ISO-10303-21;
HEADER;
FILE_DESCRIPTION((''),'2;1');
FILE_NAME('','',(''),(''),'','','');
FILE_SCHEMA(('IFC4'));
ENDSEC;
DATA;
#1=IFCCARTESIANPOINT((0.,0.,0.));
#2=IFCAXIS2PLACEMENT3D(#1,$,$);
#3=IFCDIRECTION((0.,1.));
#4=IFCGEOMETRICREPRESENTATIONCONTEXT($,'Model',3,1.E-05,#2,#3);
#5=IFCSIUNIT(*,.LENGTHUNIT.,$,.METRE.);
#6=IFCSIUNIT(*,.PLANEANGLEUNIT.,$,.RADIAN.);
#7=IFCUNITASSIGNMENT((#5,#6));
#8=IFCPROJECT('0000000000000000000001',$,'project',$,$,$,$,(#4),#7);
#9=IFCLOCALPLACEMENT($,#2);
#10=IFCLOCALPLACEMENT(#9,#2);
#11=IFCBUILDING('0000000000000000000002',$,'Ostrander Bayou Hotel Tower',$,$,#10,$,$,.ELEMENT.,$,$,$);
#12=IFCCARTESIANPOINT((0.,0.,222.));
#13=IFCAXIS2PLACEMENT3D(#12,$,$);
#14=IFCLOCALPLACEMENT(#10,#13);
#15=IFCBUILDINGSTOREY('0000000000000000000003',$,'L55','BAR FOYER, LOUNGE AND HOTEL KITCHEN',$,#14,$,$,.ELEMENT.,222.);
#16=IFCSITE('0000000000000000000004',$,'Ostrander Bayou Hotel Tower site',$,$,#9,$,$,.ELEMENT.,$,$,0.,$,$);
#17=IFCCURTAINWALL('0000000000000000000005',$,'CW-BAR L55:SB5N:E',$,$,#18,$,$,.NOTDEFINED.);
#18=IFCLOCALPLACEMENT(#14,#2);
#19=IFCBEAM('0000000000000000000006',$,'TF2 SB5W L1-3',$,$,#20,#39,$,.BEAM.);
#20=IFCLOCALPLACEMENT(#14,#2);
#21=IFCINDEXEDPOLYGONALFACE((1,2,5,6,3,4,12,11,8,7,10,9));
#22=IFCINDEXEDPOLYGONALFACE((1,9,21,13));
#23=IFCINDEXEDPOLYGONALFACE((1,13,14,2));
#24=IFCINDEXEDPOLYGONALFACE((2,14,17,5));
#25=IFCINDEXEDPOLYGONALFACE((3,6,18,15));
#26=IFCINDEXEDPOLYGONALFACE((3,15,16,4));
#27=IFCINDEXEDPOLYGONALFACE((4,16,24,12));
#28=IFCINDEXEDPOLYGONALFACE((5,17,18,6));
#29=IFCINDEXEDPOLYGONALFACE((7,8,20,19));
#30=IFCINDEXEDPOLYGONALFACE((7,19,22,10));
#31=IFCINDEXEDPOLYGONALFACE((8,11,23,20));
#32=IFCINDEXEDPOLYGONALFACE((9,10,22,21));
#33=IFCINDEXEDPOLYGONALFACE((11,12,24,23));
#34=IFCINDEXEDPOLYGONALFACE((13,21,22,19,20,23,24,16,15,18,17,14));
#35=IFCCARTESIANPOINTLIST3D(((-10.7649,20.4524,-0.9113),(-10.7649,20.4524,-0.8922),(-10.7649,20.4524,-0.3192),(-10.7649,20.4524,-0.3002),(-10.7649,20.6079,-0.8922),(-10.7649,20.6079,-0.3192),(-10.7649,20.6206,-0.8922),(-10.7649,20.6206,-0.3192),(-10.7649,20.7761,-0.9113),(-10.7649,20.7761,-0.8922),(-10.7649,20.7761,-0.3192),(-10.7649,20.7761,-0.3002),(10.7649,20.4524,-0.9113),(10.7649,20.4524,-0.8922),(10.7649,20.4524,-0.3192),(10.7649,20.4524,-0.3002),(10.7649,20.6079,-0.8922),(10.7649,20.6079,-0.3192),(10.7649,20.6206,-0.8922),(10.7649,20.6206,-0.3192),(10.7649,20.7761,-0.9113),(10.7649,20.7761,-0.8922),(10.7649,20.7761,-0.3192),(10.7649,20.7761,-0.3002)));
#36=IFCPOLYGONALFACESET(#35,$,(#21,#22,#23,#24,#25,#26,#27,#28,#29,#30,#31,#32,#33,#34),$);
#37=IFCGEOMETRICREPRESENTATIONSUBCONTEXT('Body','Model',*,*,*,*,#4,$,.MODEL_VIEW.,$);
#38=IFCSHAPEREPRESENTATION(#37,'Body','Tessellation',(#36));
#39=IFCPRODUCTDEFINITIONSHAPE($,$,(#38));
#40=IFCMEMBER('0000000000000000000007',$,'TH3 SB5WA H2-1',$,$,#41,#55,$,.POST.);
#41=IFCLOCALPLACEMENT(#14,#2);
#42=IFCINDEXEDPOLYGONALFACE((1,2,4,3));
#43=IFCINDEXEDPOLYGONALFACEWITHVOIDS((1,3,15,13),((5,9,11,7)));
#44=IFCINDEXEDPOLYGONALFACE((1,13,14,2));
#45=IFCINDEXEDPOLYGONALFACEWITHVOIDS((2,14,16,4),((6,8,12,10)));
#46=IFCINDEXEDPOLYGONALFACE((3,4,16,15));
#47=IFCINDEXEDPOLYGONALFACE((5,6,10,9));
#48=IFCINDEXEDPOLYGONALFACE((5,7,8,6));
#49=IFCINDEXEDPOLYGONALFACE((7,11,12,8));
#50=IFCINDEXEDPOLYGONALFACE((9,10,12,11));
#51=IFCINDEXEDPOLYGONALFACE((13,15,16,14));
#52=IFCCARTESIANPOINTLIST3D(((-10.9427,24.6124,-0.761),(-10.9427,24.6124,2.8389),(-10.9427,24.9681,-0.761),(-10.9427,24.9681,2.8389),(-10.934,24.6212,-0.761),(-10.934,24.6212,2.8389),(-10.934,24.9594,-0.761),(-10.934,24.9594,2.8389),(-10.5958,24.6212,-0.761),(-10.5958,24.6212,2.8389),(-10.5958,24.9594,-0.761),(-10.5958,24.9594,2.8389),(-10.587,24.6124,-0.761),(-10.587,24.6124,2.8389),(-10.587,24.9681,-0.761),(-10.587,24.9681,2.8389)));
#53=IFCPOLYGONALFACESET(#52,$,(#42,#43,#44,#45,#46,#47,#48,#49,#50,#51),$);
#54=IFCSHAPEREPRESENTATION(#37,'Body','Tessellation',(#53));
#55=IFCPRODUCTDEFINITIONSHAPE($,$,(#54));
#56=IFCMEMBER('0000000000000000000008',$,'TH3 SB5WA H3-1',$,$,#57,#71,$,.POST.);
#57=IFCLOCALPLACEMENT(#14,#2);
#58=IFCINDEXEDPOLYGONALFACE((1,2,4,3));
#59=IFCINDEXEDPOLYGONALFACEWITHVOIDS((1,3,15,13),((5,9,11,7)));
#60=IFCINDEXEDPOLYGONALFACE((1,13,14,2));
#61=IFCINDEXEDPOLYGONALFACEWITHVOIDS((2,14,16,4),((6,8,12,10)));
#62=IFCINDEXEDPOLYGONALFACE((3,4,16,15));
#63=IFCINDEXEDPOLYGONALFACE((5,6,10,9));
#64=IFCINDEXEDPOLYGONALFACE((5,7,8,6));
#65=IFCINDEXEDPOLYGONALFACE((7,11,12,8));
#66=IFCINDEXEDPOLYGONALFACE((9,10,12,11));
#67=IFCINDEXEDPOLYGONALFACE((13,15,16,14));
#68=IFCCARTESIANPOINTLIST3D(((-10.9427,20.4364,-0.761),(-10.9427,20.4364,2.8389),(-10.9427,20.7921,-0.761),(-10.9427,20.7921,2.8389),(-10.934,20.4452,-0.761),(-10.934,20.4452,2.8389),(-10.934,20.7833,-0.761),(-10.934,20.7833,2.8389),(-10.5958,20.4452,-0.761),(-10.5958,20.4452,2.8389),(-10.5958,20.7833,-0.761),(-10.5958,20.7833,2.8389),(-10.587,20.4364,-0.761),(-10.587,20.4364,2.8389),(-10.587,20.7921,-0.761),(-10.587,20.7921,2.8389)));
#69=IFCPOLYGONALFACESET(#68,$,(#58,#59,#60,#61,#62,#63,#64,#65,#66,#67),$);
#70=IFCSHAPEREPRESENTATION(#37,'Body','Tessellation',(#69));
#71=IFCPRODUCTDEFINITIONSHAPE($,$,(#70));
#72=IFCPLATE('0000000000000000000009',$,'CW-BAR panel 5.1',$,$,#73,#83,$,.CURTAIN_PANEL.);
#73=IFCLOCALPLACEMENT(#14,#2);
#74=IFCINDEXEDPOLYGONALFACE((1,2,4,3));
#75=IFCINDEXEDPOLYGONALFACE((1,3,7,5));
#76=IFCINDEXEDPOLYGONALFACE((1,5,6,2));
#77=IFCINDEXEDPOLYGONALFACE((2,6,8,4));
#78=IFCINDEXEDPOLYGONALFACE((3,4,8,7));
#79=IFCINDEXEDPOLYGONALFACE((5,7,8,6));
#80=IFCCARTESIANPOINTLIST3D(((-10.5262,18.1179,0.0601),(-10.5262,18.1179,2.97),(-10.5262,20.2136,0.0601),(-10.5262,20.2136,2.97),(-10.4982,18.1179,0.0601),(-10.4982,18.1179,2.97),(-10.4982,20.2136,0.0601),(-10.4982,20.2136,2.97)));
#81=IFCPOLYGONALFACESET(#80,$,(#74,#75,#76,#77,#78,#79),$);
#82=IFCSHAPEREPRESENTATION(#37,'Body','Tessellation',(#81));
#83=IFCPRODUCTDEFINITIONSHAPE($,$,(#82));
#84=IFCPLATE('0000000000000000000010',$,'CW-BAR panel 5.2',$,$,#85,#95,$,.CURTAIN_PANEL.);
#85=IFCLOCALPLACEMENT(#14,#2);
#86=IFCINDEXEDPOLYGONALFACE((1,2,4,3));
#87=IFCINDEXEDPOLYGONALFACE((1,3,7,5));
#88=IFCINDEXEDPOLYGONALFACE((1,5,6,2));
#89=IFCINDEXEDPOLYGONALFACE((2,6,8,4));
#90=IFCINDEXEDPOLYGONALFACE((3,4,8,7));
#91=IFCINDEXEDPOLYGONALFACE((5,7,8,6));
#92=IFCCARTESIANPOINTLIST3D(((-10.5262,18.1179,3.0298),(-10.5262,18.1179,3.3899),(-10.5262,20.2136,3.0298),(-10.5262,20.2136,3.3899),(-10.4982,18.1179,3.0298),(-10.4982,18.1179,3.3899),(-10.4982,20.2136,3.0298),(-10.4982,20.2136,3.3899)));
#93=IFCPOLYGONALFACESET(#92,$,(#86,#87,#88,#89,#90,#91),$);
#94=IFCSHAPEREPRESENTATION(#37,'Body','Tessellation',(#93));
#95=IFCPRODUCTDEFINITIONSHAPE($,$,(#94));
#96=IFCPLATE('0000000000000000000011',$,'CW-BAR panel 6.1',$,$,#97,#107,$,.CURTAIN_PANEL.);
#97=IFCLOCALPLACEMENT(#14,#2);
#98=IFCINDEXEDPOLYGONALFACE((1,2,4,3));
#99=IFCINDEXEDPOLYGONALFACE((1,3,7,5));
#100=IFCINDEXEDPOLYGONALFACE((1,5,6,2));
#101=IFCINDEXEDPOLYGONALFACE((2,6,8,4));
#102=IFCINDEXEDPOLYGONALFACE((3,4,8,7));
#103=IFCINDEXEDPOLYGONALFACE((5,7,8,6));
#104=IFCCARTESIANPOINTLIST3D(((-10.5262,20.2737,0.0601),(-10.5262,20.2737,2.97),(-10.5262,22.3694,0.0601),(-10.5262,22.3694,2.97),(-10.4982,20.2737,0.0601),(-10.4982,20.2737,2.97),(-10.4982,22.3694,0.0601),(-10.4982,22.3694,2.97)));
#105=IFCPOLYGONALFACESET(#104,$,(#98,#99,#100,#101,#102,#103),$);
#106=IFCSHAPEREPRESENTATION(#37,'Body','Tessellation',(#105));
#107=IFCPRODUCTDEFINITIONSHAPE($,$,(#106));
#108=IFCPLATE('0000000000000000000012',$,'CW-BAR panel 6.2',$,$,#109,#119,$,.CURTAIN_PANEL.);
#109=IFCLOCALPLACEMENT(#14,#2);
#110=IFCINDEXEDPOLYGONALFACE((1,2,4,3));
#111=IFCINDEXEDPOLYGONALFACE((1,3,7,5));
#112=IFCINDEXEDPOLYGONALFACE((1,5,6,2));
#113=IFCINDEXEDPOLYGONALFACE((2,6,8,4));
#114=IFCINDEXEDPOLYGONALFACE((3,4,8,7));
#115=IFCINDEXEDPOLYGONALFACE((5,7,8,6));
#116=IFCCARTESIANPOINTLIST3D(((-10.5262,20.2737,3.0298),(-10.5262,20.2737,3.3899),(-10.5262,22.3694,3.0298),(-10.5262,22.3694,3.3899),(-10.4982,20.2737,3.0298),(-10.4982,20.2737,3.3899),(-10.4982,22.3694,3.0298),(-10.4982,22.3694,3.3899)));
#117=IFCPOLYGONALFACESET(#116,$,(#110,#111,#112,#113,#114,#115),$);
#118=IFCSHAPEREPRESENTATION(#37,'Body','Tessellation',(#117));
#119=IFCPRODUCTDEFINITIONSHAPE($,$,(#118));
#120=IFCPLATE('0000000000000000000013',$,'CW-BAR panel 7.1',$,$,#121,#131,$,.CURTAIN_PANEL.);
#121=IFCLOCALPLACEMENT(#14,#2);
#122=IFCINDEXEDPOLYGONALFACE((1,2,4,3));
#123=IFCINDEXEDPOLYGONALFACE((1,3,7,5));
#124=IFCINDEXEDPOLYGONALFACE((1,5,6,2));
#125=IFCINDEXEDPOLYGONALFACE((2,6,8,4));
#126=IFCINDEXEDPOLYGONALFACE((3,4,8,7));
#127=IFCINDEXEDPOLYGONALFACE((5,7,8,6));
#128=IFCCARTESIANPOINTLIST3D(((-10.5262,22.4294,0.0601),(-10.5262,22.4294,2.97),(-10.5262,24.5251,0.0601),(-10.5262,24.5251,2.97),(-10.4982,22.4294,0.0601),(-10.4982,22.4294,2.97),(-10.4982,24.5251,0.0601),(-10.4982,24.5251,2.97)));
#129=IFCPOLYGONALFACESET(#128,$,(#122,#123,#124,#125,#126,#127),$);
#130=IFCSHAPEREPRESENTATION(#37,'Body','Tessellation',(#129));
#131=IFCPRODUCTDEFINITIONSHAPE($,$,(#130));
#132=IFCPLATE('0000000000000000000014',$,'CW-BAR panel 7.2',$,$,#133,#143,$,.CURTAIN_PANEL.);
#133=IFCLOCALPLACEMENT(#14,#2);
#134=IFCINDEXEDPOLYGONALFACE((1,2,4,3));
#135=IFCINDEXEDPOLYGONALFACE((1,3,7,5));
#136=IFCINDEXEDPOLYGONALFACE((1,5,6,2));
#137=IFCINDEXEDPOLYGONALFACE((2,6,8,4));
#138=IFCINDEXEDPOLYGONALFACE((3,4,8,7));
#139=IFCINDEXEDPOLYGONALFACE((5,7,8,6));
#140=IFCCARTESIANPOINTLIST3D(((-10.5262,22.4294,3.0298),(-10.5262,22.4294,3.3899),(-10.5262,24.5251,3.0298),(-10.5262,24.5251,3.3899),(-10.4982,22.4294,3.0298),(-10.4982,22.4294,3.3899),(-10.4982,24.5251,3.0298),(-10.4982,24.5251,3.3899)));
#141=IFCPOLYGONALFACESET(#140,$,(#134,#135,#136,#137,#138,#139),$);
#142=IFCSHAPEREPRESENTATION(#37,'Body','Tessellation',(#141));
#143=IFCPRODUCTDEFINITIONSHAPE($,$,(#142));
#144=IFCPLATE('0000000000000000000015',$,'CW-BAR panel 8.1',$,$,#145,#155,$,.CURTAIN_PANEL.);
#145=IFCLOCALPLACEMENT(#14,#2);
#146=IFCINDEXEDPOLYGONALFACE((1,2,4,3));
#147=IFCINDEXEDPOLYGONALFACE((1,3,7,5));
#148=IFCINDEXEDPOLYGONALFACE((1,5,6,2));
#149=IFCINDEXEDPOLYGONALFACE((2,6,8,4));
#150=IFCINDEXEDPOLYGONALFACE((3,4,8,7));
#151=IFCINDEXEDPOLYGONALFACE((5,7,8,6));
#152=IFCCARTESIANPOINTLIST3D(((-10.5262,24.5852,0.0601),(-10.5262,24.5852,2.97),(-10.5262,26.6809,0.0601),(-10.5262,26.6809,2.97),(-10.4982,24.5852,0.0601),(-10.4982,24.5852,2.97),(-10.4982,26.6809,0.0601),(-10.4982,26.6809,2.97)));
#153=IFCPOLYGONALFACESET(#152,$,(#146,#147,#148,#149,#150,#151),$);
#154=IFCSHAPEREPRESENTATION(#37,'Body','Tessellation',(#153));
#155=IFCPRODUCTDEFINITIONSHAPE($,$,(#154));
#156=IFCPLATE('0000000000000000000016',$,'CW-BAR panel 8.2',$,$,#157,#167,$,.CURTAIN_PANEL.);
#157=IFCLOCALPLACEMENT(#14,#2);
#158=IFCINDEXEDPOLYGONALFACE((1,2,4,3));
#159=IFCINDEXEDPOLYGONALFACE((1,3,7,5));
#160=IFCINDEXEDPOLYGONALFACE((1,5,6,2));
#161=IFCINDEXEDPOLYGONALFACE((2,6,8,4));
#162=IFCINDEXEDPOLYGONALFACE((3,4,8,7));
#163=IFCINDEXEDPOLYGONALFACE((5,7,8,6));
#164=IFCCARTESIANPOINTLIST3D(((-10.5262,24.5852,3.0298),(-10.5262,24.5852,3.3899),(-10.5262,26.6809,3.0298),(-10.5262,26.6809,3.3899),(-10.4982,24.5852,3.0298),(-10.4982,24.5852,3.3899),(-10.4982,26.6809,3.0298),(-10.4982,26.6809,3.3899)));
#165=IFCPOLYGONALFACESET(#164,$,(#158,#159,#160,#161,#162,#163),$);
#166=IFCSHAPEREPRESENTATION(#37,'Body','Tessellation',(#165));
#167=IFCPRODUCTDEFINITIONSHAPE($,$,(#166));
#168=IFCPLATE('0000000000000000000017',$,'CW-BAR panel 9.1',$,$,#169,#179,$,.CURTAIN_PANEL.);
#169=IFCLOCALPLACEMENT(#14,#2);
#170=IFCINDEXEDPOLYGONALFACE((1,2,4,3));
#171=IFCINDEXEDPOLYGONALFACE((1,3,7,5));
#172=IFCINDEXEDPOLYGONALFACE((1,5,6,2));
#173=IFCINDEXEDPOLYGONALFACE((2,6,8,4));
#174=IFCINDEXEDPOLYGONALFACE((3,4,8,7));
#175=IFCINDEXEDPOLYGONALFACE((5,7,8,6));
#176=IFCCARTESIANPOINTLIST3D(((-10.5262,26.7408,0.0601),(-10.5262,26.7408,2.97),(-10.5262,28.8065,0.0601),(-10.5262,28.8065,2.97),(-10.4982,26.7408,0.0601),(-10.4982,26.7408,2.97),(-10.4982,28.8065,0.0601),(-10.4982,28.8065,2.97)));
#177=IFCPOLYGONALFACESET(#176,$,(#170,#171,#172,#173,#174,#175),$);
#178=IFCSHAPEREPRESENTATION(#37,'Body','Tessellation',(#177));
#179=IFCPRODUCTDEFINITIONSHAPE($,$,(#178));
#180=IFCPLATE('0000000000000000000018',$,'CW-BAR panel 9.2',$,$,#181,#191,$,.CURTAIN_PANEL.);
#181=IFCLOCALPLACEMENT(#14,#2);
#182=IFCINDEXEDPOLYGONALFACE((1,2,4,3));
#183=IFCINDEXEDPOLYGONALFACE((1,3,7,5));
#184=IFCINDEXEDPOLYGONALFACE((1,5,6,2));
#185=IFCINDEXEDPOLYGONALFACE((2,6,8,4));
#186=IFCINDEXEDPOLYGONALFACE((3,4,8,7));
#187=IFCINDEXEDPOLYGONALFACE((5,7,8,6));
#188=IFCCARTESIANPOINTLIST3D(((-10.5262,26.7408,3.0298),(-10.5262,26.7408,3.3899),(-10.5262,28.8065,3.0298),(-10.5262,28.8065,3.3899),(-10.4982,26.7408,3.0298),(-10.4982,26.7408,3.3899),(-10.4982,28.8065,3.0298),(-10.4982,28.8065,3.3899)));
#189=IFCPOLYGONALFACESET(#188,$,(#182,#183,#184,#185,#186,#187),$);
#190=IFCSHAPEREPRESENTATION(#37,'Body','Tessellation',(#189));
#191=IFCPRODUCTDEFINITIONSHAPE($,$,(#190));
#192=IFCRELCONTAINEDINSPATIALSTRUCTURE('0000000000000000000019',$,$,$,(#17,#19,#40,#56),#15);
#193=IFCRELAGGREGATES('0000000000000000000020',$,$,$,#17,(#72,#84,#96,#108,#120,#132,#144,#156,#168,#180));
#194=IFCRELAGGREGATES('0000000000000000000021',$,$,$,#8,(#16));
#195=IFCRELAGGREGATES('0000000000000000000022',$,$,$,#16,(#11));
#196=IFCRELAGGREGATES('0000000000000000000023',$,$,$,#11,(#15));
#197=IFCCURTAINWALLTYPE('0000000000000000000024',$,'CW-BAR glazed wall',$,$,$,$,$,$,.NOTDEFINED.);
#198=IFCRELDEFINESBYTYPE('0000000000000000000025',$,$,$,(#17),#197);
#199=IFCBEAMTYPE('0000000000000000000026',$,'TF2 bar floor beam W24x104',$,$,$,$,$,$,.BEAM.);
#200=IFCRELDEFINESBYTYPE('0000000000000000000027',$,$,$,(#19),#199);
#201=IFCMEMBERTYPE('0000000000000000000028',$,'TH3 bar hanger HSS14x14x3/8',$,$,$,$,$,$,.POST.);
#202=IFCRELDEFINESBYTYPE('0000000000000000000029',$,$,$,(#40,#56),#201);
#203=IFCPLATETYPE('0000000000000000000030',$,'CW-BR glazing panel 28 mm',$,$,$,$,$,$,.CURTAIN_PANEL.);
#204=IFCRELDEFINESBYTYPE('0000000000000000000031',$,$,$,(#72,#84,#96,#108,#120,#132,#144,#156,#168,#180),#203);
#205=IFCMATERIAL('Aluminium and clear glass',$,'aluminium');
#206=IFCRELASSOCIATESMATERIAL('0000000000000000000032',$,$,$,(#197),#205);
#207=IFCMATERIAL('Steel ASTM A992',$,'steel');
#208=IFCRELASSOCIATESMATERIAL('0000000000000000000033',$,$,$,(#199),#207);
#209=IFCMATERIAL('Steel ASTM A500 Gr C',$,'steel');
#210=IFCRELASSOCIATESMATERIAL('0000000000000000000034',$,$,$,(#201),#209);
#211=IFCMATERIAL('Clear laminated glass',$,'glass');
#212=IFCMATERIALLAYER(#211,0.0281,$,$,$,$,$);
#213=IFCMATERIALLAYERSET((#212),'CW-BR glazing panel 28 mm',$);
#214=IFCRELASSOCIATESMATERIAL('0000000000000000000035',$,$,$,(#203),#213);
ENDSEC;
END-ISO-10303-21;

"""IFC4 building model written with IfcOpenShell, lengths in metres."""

from ifc_helpers import new_model, si_unit, direction, frame, origin, origin_2d, place, context, subcontext, project, spatial, rectangle, hollow_rectangle, i_section, extrude, material, layer, layer_set, material_profile, profile_set, type_object, element, aggregate, save


model = new_model("IFC4")

# Units and contexts
model_context = context("Model", 3, precision=1e-05, world=origin(), true_north=direction((0.0, 1.0)))
body_context = subcontext(model_context, "Body", "Model", "MODEL_VIEW")
ifc_project = project(units=[si_unit("LENGTHUNIT", "METRE"), si_unit("PLANEANGLEUNIT", "RADIAN")], contexts=[model_context])

# Site, building, storey
site_placement = place(None, origin())
site = spatial("IfcSite", under=ifc_project, at=site_placement, Name="Ostrander Bayou Hotel Tower site", CompositionType="ELEMENT", RefElevation=0.0)
building_placement = place(site_placement, origin())
building = spatial("IfcBuilding", under=site, at=building_placement, Name="Ostrander Bayou Hotel Tower", CompositionType="ELEMENT")
storey_placement = place(building_placement, frame((0.0, 0.0, 222.0)))
storey = spatial("IfcBuildingStorey", under=building, at=storey_placement, Name="L55", Description="BAR FOYER, LOUNGE AND HOTEL KITCHEN", CompositionType="ELEMENT", Elevation=222.0)

# Curtain wall
ifc_material_1 = material(Name="Aluminium and clear glass", Category="aluminium")
curtain_wall_type = type_object("IfcCurtainWallType", Name="CW-BAR glazed wall", PredefinedType="NOTDEFINED", material=ifc_material_1)
curtain_wall_placement = place(storey_placement, origin())
curtain_wall = element("IfcCurtainWall", 1, at=curtain_wall_placement, inside=storey, type_object=curtain_wall_type, Name="CW-BAR L55:SB5N:E", PredefinedType="NOTDEFINED")

# Beam
ifc_material_2 = material(Name="Steel ASTM A992", Category="steel")
ifc_material_profile_1 = material_profile(ifc_material_2, i_section(OverallWidth=0.3237, OverallDepth=0.6111, WebThickness=0.0127, FlangeThickness=0.019, at=origin_2d()))
ifc_profile_set_1 = profile_set([ifc_material_profile_1], Name="Steel ASTM A992")
beam_type = type_object("IfcBeamType", Name="TF2 bar floor beam W24x104", PredefinedType="BEAM", material=ifc_profile_set_1)
for number, where, z_axis, x_axis, name in (
    (2, (-10.7649, 20.6143, -0.6057), (1.0, 0.0, 0.0), (0.0, 1.0, 0.0), "TF2 SB5W L1-3"),
):
    element("IfcBeam", number, at=place(storey_placement, frame(where, z_axis=z_axis, x_axis=x_axis)), inside=storey, type_object=beam_type, Name=name, PredefinedType="BEAM", context=body_context, shape_type="SweptSolid", body=[
        extrude(i_section(OverallWidth=0.3237, OverallDepth=0.6111, WebThickness=0.0127, FlangeThickness=0.019, at=origin_2d()), origin(), (0.0, 0.0, 1.0), 21.5298),
    ])

# Members
ifc_material_3 = material(Name="Steel ASTM A500 Gr C", Category="steel")
ifc_material_profile_2 = material_profile(ifc_material_3, hollow_rectangle(XDim=0.3557, YDim=0.3557, WallThickness=0.0088, at=origin_2d()))
ifc_profile_set_2 = profile_set([ifc_material_profile_2], Name="Steel ASTM A500 Gr C")
member_type_1 = type_object("IfcMemberType", Name="TH3 bar hanger HSS14x14x3/8", PredefinedType="POST", material=ifc_profile_set_2)
for number, where, z_axis, x_axis, name in (
    (3, (-10.7649, 24.7903, -0.761), (0.0, 0.0, 1.0), (1.0, 0.0, 0.0), "TH3 SB5WA H2-1"),
    (4, (-10.7649, 20.6143, -0.761), (0.0, 0.0, 1.0), (1.0, 0.0, 0.0), "TH3 SB5WA H3-1"),
):
    element("IfcMember", number, at=place(storey_placement, frame(where, z_axis=z_axis, x_axis=x_axis)), inside=storey, type_object=member_type_1, Name=name, PredefinedType="POST", context=body_context, shape_type="SweptSolid", body=[
        extrude(hollow_rectangle(XDim=0.3557, YDim=0.3557, WallThickness=0.0088, at=origin_2d()), origin(), (0.0, 0.0, 1.0), 3.5999),
    ])

# Plates
ifc_material_4 = material(Name="Clear laminated glass", Category="glass")
ifc_layer_1 = layer(ifc_material_4, 0.0281)
ifc_layer_set_1 = layer_set([ifc_layer_1], Name="CW-BR glazing panel 28 mm")
plate_type = type_object("IfcPlateType", Name="CW-BR glazing panel 28 mm", PredefinedType="CURTAIN_PANEL", material=ifc_layer_set_1)
plate_1_placement = place(storey_placement, frame((-10.5122, 19.1658, 0.0601), z_axis=(0.0, 0.0, 1.0), x_axis=(0.0, 1.0, 0.0)))
plate_1 = element("IfcPlate", 5, at=plate_1_placement, type_object=plate_type, Name="CW-BAR panel 5.1", PredefinedType="CURTAIN_PANEL", context=body_context, shape_type="SweptSolid", body=[
    extrude(rectangle(XDim=2.0957, YDim=0.0281, at=origin_2d()), origin(), (0.0, 0.0, 1.0), 2.9099),
])
plate_2_placement = place(storey_placement, frame((-10.5122, 19.1658, 3.0298), z_axis=(0.0, 0.0, 1.0), x_axis=(0.0, 1.0, 0.0)))
plate_2 = element("IfcPlate", 6, at=plate_2_placement, type_object=plate_type, Name="CW-BAR panel 5.2", PredefinedType="CURTAIN_PANEL", context=body_context, shape_type="SweptSolid", body=[
    extrude(rectangle(XDim=2.0957, YDim=0.0281, at=origin_2d()), origin(), (0.0, 0.0, 1.0), 0.3601),
])
plate_3_placement = place(storey_placement, frame((-10.5122, 21.3215, 0.0601), z_axis=(0.0, 0.0, 1.0), x_axis=(0.0, 1.0, 0.0)))
plate_3 = element("IfcPlate", 7, at=plate_3_placement, type_object=plate_type, Name="CW-BAR panel 6.1", PredefinedType="CURTAIN_PANEL", context=body_context, shape_type="SweptSolid", body=[
    extrude(rectangle(XDim=2.0957, YDim=0.0281, at=origin_2d()), origin(), (0.0, 0.0, 1.0), 2.9099),
])
plate_4_placement = place(storey_placement, frame((-10.5122, 21.3215, 3.0298), z_axis=(0.0, 0.0, 1.0), x_axis=(0.0, 1.0, 0.0)))
plate_4 = element("IfcPlate", 8, at=plate_4_placement, type_object=plate_type, Name="CW-BAR panel 6.2", PredefinedType="CURTAIN_PANEL", context=body_context, shape_type="SweptSolid", body=[
    extrude(rectangle(XDim=2.0957, YDim=0.0281, at=origin_2d()), origin(), (0.0, 0.0, 1.0), 0.3601),
])
plate_5_placement = place(storey_placement, frame((-10.5122, 23.4773, 0.0601), z_axis=(0.0, 0.0, 1.0), x_axis=(0.0, 1.0, 0.0)))
plate_5 = element("IfcPlate", 9, at=plate_5_placement, type_object=plate_type, Name="CW-BAR panel 7.1", PredefinedType="CURTAIN_PANEL", context=body_context, shape_type="SweptSolid", body=[
    extrude(rectangle(XDim=2.0957, YDim=0.0281, at=origin_2d()), origin(), (0.0, 0.0, 1.0), 2.9099),
])
plate_6_placement = place(storey_placement, frame((-10.5122, 23.4773, 3.0298), z_axis=(0.0, 0.0, 1.0), x_axis=(0.0, 1.0, 0.0)))
plate_6 = element("IfcPlate", 10, at=plate_6_placement, type_object=plate_type, Name="CW-BAR panel 7.2", PredefinedType="CURTAIN_PANEL", context=body_context, shape_type="SweptSolid", body=[
    extrude(rectangle(XDim=2.0957, YDim=0.0281, at=origin_2d()), origin(), (0.0, 0.0, 1.0), 0.3601),
])
plate_7_placement = place(storey_placement, frame((-10.5122, 25.6331, 0.0601), z_axis=(0.0, 0.0, 1.0), x_axis=(0.0, 1.0, 0.0)))
plate_7 = element("IfcPlate", 11, at=plate_7_placement, type_object=plate_type, Name="CW-BAR panel 8.1", PredefinedType="CURTAIN_PANEL", context=body_context, shape_type="SweptSolid", body=[
    extrude(rectangle(XDim=2.0957, YDim=0.0281, at=origin_2d()), origin(), (0.0, 0.0, 1.0), 2.9099),
])
plate_8_placement = place(storey_placement, frame((-10.5122, 25.6331, 3.0298), z_axis=(0.0, 0.0, 1.0), x_axis=(0.0, 1.0, 0.0)))
plate_8 = element("IfcPlate", 12, at=plate_8_placement, type_object=plate_type, Name="CW-BAR panel 8.2", PredefinedType="CURTAIN_PANEL", context=body_context, shape_type="SweptSolid", body=[
    extrude(rectangle(XDim=2.0957, YDim=0.0281, at=origin_2d()), origin(), (0.0, 0.0, 1.0), 0.3601),
])
plate_9_placement = place(storey_placement, frame((-10.5122, 27.7737, 0.0601), z_axis=(0.0, 0.0, 1.0), x_axis=(0.0, 1.0, 0.0)))
plate_9 = element("IfcPlate", 13, at=plate_9_placement, type_object=plate_type, Name="CW-BAR panel 9.1", PredefinedType="CURTAIN_PANEL", context=body_context, shape_type="SweptSolid", body=[
    extrude(rectangle(XDim=2.0657, YDim=0.0281, at=origin_2d()), origin(), (0.0, 0.0, 1.0), 2.9099),
])
plate_10_placement = place(storey_placement, frame((-10.5122, 27.7737, 3.0298), z_axis=(0.0, 0.0, 1.0), x_axis=(0.0, 1.0, 0.0)))
plate_10 = element("IfcPlate", 14, at=plate_10_placement, type_object=plate_type, Name="CW-BAR panel 9.2", PredefinedType="CURTAIN_PANEL", context=body_context, shape_type="SweptSolid", body=[
    extrude(rectangle(XDim=2.0657, YDim=0.0281, at=origin_2d()), origin(), (0.0, 0.0, 1.0), 0.3601),
])
aggregate(curtain_wall, [plate_1, plate_2, plate_3, plate_4, plate_5, plate_6, plate_7, plate_8, plate_9, plate_10])

save(model, "model.ifc")
